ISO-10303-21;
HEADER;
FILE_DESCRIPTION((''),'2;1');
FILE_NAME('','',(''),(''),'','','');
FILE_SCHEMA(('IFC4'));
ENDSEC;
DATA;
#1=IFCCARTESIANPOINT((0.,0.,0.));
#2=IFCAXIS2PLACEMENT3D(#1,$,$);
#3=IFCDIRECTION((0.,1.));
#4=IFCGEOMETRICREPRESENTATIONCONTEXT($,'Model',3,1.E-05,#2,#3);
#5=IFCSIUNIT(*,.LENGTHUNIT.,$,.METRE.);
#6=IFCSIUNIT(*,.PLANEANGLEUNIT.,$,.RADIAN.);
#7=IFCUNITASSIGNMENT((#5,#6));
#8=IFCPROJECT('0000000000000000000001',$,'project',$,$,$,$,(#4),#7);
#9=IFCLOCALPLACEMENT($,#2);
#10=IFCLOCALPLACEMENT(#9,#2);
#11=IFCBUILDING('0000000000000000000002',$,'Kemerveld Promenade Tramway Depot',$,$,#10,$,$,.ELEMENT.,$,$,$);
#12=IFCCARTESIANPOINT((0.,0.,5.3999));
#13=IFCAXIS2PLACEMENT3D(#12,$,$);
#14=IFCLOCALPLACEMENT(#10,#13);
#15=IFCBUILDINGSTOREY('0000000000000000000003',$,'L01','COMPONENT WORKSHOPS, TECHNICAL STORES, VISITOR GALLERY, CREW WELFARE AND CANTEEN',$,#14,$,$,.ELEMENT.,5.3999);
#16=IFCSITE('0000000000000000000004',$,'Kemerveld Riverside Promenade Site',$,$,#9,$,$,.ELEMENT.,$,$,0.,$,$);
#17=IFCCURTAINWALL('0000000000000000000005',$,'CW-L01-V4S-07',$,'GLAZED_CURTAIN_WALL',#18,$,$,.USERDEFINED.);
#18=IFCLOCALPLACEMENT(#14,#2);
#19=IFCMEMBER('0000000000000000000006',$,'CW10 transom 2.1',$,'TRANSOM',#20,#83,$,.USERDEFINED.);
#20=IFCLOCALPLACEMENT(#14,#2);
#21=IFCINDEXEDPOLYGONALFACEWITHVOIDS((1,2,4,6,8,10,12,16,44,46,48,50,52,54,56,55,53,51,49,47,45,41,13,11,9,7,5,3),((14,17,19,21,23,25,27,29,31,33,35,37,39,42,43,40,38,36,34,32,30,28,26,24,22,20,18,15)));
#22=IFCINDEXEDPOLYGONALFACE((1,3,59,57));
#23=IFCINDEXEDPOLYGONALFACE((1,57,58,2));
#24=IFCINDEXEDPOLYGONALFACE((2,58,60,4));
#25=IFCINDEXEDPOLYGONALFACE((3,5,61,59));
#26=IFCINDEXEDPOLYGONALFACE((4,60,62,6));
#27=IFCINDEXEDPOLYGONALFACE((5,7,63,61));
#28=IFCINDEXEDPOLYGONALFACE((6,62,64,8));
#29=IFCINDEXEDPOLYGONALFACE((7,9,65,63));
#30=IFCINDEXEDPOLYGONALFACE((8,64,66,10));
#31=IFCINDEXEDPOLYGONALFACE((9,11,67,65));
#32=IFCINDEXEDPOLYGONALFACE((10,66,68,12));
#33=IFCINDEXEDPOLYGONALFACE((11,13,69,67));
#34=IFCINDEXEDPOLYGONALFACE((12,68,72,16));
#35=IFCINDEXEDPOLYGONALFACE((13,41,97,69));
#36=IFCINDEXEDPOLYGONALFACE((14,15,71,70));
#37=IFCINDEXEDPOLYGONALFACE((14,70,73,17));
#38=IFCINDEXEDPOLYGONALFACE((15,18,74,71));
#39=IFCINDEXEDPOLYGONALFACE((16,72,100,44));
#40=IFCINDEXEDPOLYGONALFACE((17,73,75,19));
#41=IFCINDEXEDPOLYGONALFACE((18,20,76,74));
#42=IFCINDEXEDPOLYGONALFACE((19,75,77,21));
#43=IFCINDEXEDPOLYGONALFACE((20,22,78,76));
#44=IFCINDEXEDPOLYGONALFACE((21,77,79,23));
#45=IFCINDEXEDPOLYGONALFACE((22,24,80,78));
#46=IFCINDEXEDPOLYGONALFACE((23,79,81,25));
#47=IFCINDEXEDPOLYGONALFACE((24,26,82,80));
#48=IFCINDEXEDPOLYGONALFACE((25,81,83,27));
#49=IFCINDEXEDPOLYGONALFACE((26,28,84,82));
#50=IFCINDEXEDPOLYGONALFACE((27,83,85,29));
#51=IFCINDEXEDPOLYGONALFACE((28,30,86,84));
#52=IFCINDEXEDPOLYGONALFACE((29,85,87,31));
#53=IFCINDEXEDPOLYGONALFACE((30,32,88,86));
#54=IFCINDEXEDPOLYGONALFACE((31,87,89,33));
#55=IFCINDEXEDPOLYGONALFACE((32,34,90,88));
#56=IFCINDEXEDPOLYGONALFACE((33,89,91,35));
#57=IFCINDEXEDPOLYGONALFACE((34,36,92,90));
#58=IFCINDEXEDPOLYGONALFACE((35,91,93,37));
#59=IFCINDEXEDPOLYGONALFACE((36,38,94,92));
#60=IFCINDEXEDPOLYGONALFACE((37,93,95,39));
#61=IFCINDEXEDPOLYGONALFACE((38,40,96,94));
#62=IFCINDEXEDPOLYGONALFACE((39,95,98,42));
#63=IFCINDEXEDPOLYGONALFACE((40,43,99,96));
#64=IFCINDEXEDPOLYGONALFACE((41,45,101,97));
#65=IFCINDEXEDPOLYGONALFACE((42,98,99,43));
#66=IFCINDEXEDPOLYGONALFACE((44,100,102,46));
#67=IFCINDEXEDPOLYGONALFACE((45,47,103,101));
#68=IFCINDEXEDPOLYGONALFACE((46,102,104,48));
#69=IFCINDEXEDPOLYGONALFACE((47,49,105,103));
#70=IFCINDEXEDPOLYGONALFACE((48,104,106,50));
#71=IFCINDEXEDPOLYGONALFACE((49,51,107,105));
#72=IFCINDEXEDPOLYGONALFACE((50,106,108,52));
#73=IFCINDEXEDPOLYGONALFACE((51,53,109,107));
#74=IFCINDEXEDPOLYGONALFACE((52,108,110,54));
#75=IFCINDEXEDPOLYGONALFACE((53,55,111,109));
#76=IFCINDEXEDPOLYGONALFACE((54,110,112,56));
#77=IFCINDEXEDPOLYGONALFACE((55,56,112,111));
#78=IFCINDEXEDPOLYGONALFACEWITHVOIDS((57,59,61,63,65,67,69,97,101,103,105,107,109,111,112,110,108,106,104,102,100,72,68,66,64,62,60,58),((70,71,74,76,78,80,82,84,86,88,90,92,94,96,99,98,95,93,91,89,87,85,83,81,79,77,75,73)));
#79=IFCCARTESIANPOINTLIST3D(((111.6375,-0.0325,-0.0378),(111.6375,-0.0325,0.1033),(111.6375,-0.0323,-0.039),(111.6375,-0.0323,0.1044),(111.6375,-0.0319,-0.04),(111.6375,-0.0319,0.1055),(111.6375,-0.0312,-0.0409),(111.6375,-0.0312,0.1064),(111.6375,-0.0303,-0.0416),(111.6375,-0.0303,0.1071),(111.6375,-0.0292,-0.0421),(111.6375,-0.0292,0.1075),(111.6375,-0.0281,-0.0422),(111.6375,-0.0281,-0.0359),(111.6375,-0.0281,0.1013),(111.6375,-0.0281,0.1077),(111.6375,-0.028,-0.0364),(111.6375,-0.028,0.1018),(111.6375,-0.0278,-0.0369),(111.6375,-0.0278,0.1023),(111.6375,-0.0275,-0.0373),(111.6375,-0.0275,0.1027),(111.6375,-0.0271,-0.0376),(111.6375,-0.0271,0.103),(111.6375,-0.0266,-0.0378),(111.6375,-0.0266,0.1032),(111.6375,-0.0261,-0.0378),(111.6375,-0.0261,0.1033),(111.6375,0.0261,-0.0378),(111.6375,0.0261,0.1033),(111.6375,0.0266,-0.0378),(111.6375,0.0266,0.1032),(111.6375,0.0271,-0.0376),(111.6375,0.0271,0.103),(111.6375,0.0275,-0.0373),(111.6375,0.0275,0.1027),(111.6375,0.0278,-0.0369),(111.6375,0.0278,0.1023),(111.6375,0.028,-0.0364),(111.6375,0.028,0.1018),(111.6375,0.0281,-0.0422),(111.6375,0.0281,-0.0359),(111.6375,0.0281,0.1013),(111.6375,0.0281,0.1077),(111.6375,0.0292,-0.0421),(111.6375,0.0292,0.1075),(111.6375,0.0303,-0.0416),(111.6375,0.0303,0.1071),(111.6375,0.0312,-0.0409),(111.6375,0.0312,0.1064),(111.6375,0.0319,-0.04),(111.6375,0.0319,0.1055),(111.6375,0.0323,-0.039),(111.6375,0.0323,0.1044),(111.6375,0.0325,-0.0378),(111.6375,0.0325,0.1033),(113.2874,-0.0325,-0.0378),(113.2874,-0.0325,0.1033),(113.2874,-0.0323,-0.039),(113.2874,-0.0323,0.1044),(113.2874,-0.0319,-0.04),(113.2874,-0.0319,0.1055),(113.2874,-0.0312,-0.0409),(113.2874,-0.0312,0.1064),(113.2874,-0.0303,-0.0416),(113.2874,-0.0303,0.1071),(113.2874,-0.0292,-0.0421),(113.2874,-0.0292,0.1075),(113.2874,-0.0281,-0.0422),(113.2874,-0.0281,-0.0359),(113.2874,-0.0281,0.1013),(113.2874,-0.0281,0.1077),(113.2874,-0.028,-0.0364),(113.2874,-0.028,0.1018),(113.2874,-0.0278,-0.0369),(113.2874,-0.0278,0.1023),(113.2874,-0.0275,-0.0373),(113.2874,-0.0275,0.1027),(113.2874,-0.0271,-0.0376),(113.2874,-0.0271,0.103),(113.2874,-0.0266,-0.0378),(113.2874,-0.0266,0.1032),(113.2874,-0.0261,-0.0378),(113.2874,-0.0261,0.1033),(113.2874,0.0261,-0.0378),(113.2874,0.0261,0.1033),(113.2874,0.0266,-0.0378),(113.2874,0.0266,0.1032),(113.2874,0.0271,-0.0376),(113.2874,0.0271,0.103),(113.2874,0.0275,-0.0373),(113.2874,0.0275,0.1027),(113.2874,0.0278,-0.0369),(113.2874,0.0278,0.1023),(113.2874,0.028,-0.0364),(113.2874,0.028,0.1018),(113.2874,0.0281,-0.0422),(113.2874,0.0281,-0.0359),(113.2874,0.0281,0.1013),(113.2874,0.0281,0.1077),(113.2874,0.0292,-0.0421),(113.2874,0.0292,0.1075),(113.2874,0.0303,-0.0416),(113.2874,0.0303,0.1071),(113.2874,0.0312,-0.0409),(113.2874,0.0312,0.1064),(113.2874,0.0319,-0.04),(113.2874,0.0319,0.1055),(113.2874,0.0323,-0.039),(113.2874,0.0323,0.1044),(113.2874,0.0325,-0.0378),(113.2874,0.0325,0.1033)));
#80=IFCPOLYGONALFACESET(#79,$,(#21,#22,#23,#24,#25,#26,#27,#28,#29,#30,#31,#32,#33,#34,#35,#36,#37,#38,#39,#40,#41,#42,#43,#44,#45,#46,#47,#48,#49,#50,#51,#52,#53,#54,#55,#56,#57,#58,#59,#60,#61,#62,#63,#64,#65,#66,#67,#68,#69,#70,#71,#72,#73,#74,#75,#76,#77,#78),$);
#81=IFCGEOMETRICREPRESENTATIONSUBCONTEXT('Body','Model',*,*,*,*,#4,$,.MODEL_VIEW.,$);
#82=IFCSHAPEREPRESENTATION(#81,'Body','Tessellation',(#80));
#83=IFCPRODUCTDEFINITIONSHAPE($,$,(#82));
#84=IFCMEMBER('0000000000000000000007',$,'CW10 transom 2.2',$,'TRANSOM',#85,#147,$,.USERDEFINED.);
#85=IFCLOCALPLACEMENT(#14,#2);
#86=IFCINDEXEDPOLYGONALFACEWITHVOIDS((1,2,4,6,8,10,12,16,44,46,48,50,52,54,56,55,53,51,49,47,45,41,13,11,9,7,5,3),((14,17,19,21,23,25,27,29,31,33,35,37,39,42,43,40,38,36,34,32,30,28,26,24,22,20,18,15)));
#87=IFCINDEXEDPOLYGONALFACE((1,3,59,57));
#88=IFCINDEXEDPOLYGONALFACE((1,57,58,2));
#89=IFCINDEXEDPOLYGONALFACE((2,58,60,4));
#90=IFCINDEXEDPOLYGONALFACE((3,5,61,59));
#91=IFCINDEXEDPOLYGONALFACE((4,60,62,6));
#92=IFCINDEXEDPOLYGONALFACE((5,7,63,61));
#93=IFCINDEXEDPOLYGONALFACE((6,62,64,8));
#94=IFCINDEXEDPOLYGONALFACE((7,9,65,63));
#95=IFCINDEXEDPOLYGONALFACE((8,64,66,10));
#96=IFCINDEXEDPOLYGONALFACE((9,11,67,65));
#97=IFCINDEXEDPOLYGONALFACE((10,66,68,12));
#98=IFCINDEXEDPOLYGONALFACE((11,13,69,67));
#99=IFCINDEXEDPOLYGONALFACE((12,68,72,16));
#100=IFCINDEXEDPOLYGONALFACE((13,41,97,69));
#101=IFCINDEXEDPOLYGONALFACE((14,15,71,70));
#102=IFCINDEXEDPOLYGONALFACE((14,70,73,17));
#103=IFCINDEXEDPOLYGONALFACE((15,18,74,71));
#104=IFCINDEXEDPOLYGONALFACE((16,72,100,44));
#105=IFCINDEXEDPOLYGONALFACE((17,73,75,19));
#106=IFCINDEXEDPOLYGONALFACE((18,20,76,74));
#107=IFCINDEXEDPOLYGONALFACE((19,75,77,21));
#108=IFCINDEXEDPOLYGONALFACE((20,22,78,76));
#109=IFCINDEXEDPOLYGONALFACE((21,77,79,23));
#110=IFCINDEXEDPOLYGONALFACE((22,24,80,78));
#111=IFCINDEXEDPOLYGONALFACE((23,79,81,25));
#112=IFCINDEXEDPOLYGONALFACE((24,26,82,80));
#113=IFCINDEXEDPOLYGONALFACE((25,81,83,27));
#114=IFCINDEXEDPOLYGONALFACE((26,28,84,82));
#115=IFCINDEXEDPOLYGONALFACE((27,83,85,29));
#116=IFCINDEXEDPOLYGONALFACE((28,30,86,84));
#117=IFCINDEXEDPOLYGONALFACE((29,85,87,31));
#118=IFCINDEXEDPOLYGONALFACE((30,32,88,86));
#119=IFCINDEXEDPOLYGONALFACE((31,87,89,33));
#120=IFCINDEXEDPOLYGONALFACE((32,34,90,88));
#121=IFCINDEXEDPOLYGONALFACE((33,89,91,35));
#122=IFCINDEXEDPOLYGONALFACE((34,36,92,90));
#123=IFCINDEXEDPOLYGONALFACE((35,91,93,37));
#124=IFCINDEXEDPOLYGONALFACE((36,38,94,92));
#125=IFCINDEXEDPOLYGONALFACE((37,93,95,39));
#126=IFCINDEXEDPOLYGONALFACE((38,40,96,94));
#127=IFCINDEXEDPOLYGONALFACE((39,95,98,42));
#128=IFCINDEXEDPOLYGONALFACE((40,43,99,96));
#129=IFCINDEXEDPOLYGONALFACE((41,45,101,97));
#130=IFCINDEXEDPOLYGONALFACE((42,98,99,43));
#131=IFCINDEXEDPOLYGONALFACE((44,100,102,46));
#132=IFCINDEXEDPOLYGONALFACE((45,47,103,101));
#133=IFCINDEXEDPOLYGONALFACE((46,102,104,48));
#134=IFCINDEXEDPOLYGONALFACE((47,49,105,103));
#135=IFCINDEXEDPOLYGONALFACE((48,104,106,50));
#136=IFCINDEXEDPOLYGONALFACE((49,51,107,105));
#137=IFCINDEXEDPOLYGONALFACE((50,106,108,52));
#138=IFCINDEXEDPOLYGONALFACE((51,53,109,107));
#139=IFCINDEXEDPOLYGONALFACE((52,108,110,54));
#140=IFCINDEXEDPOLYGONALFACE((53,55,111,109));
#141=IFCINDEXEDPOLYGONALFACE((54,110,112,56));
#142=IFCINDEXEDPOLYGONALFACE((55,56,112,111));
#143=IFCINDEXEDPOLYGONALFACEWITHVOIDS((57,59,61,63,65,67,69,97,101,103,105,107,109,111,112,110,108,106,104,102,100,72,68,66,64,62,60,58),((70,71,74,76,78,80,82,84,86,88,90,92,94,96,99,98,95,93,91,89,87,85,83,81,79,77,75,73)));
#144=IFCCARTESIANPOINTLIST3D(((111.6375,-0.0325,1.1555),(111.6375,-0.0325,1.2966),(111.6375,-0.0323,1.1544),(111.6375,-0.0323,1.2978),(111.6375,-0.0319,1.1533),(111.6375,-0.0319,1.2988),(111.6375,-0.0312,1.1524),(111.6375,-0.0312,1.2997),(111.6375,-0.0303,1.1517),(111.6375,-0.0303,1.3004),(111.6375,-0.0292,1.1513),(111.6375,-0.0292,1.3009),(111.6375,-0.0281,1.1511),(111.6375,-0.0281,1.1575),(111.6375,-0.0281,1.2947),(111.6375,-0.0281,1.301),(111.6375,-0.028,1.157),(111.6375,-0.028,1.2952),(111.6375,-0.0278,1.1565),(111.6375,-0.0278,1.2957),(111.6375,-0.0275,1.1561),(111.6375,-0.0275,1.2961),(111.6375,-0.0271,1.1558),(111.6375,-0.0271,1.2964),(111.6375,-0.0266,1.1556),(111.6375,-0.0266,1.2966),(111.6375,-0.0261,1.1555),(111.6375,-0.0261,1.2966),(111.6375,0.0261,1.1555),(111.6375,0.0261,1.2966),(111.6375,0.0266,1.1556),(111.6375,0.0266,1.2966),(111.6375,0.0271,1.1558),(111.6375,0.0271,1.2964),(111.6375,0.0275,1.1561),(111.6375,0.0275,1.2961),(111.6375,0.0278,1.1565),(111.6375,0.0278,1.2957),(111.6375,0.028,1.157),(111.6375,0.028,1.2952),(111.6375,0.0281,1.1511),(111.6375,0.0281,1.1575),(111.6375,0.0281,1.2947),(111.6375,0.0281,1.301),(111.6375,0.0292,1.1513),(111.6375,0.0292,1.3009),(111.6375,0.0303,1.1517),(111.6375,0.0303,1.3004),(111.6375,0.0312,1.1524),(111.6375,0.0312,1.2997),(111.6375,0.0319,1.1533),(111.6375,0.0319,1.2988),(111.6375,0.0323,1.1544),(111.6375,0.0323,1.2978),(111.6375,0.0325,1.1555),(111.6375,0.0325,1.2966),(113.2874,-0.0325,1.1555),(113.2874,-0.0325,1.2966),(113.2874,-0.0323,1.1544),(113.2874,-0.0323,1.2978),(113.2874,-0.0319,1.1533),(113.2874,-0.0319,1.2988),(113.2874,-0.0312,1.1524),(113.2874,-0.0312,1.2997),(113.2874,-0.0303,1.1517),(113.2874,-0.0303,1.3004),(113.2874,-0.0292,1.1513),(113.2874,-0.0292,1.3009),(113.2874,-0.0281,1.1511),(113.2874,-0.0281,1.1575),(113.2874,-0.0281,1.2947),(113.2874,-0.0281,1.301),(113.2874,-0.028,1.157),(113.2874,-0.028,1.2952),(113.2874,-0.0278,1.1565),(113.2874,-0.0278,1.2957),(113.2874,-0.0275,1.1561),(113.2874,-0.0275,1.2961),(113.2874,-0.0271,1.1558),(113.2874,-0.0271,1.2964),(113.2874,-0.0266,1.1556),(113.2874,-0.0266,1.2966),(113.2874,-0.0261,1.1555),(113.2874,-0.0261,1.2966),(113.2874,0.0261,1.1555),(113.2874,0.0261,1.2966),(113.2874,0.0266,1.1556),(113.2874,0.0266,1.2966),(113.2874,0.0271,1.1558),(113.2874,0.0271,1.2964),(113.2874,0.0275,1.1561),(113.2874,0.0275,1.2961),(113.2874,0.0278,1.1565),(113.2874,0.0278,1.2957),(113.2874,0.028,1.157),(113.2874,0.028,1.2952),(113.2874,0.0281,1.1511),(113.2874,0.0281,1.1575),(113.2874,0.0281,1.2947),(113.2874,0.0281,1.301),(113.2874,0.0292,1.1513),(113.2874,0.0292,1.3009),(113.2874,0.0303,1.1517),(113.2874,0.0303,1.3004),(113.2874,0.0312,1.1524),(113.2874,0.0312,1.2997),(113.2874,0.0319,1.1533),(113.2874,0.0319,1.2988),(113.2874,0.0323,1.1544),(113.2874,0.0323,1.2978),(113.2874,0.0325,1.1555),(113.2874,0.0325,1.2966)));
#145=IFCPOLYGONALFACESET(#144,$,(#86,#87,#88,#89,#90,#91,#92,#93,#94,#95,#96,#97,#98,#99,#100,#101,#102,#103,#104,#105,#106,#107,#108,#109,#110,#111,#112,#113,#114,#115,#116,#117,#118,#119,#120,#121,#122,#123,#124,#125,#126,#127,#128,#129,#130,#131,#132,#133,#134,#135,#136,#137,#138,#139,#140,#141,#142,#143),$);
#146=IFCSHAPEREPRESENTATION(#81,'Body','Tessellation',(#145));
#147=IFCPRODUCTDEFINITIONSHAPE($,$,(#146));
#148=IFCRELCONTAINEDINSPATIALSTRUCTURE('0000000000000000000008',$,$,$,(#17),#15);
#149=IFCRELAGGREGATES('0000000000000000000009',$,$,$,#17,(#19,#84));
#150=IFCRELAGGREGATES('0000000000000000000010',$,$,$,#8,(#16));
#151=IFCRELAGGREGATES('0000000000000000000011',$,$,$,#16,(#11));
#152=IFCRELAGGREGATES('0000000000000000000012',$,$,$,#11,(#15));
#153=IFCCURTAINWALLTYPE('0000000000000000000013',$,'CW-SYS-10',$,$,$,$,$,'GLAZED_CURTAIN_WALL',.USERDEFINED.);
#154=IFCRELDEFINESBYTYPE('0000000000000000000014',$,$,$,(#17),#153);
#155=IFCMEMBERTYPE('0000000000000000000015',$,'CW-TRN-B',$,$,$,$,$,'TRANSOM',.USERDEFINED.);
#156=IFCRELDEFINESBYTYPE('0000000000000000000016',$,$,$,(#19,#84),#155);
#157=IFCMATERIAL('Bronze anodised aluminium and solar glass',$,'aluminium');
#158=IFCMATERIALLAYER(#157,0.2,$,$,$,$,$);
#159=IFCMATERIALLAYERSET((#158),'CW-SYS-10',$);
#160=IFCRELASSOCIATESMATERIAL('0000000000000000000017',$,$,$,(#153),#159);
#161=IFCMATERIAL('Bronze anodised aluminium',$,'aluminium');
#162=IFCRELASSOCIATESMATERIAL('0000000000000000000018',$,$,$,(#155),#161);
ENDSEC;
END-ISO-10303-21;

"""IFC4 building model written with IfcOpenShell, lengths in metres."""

from ifc_helpers import new_model, si_unit, direction, frame, origin, origin_2d, place, context, subcontext, project, spatial, hollow_rectangle, extrude, material, layer, layer_set, material_profile, profile_set, type_object, element, aggregate, save


model = new_model("IFC4")

# Units and contexts
model_context = context("Model", 3, precision=1e-05, world=origin(), true_north=direction((0.0, 1.0)))
body_context = subcontext(model_context, "Body", "Model", "MODEL_VIEW")
ifc_project = project(units=[si_unit("LENGTHUNIT", "METRE"), si_unit("PLANEANGLEUNIT", "RADIAN")], contexts=[model_context])

# Site, building, storey
site_placement = place(None, origin())
site = spatial("IfcSite", under=ifc_project, at=site_placement, Name="Kemerveld Riverside Promenade Site", CompositionType="ELEMENT", RefElevation=0.0)
building_placement = place(site_placement, origin())
building = spatial("IfcBuilding", under=site, at=building_placement, Name="Kemerveld Promenade Tramway Depot", CompositionType="ELEMENT")
storey_placement = place(building_placement, frame((0.0, 0.0, 5.3999)))
storey = spatial("IfcBuildingStorey", under=building, at=storey_placement, Name="L01", Description="COMPONENT WORKSHOPS, TECHNICAL STORES, VISITOR GALLERY, CREW WELFARE AND CANTEEN", CompositionType="ELEMENT", Elevation=5.3999)

# Curtain wall, members
ifc_material_1 = material(Name="Bronze anodised aluminium and solar glass", Category="aluminium")
ifc_layer_1 = layer(ifc_material_1, 0.2)
ifc_layer_set_1 = layer_set([ifc_layer_1], Name="CW-SYS-10")
curtain_wall_type = type_object("IfcCurtainWallType", Name="CW-SYS-10", ElementType="GLAZED_CURTAIN_WALL", PredefinedType="USERDEFINED", material=ifc_layer_set_1)
curtain_wall_placement = place(storey_placement, origin())
curtain_wall = element("IfcCurtainWall", 1, at=curtain_wall_placement, inside=storey, type_object=curtain_wall_type, Name="CW-L01-V4S-07", ObjectType="GLAZED_CURTAIN_WALL", PredefinedType="USERDEFINED")
ifc_material_2 = material(Name="Bronze anodised aluminium", Category="aluminium")
ifc_material_profile_1 = material_profile(ifc_material_2, hollow_rectangle(XDim=0.0649, YDim=0.1499, WallThickness=0.0044, InnerFilletRadius=0.002, OuterFilletRadius=0.0044, at=origin_2d()), Name="CW-TRN-150x65")
ifc_profile_set_1 = profile_set([ifc_material_profile_1], Name="Bronze anodised aluminium")
member_type_1 = type_object("IfcMemberType", Name="CW-TRN-B", ElementType="TRANSOM", PredefinedType="USERDEFINED", material=ifc_profile_set_1)
member_1_placement = place(storey_placement, frame((113.2874, 0.0, 0.0327), z_axis=(-1.0, 0.0, 0.0), x_axis=(0.0, -1.0, 0.0)))
member_1 = element("IfcMember", 2, at=member_1_placement, type_object=member_type_1, Name="CW10 transom 2.1", ObjectType="TRANSOM", PredefinedType="USERDEFINED", context=body_context, shape_type="SweptSolid", body=[
    extrude(hollow_rectangle(XDim=0.0649, YDim=0.1499, WallThickness=0.0044, InnerFilletRadius=0.002, OuterFilletRadius=0.0044, at=origin_2d()), origin(), (0.0, 0.0, 1.0), 1.6499),
])
member_2_placement = place(storey_placement, frame((113.2874, 0.0, 1.2261), z_axis=(-1.0, 0.0, 0.0), x_axis=(0.0, -1.0, 0.0)))
member_2 = element("IfcMember", 3, at=member_2_placement, type_object=member_type_1, Name="CW10 transom 2.2", ObjectType="TRANSOM", PredefinedType="USERDEFINED", context=body_context, shape_type="SweptSolid", body=[
    extrude(hollow_rectangle(XDim=0.0649, YDim=0.1499, WallThickness=0.0044, InnerFilletRadius=0.002, OuterFilletRadius=0.0044, at=origin_2d()), origin(), (0.0, 0.0, 1.0), 1.6499),
])
aggregate(curtain_wall, [member_1, member_2])

save(model, "model.ifc")
